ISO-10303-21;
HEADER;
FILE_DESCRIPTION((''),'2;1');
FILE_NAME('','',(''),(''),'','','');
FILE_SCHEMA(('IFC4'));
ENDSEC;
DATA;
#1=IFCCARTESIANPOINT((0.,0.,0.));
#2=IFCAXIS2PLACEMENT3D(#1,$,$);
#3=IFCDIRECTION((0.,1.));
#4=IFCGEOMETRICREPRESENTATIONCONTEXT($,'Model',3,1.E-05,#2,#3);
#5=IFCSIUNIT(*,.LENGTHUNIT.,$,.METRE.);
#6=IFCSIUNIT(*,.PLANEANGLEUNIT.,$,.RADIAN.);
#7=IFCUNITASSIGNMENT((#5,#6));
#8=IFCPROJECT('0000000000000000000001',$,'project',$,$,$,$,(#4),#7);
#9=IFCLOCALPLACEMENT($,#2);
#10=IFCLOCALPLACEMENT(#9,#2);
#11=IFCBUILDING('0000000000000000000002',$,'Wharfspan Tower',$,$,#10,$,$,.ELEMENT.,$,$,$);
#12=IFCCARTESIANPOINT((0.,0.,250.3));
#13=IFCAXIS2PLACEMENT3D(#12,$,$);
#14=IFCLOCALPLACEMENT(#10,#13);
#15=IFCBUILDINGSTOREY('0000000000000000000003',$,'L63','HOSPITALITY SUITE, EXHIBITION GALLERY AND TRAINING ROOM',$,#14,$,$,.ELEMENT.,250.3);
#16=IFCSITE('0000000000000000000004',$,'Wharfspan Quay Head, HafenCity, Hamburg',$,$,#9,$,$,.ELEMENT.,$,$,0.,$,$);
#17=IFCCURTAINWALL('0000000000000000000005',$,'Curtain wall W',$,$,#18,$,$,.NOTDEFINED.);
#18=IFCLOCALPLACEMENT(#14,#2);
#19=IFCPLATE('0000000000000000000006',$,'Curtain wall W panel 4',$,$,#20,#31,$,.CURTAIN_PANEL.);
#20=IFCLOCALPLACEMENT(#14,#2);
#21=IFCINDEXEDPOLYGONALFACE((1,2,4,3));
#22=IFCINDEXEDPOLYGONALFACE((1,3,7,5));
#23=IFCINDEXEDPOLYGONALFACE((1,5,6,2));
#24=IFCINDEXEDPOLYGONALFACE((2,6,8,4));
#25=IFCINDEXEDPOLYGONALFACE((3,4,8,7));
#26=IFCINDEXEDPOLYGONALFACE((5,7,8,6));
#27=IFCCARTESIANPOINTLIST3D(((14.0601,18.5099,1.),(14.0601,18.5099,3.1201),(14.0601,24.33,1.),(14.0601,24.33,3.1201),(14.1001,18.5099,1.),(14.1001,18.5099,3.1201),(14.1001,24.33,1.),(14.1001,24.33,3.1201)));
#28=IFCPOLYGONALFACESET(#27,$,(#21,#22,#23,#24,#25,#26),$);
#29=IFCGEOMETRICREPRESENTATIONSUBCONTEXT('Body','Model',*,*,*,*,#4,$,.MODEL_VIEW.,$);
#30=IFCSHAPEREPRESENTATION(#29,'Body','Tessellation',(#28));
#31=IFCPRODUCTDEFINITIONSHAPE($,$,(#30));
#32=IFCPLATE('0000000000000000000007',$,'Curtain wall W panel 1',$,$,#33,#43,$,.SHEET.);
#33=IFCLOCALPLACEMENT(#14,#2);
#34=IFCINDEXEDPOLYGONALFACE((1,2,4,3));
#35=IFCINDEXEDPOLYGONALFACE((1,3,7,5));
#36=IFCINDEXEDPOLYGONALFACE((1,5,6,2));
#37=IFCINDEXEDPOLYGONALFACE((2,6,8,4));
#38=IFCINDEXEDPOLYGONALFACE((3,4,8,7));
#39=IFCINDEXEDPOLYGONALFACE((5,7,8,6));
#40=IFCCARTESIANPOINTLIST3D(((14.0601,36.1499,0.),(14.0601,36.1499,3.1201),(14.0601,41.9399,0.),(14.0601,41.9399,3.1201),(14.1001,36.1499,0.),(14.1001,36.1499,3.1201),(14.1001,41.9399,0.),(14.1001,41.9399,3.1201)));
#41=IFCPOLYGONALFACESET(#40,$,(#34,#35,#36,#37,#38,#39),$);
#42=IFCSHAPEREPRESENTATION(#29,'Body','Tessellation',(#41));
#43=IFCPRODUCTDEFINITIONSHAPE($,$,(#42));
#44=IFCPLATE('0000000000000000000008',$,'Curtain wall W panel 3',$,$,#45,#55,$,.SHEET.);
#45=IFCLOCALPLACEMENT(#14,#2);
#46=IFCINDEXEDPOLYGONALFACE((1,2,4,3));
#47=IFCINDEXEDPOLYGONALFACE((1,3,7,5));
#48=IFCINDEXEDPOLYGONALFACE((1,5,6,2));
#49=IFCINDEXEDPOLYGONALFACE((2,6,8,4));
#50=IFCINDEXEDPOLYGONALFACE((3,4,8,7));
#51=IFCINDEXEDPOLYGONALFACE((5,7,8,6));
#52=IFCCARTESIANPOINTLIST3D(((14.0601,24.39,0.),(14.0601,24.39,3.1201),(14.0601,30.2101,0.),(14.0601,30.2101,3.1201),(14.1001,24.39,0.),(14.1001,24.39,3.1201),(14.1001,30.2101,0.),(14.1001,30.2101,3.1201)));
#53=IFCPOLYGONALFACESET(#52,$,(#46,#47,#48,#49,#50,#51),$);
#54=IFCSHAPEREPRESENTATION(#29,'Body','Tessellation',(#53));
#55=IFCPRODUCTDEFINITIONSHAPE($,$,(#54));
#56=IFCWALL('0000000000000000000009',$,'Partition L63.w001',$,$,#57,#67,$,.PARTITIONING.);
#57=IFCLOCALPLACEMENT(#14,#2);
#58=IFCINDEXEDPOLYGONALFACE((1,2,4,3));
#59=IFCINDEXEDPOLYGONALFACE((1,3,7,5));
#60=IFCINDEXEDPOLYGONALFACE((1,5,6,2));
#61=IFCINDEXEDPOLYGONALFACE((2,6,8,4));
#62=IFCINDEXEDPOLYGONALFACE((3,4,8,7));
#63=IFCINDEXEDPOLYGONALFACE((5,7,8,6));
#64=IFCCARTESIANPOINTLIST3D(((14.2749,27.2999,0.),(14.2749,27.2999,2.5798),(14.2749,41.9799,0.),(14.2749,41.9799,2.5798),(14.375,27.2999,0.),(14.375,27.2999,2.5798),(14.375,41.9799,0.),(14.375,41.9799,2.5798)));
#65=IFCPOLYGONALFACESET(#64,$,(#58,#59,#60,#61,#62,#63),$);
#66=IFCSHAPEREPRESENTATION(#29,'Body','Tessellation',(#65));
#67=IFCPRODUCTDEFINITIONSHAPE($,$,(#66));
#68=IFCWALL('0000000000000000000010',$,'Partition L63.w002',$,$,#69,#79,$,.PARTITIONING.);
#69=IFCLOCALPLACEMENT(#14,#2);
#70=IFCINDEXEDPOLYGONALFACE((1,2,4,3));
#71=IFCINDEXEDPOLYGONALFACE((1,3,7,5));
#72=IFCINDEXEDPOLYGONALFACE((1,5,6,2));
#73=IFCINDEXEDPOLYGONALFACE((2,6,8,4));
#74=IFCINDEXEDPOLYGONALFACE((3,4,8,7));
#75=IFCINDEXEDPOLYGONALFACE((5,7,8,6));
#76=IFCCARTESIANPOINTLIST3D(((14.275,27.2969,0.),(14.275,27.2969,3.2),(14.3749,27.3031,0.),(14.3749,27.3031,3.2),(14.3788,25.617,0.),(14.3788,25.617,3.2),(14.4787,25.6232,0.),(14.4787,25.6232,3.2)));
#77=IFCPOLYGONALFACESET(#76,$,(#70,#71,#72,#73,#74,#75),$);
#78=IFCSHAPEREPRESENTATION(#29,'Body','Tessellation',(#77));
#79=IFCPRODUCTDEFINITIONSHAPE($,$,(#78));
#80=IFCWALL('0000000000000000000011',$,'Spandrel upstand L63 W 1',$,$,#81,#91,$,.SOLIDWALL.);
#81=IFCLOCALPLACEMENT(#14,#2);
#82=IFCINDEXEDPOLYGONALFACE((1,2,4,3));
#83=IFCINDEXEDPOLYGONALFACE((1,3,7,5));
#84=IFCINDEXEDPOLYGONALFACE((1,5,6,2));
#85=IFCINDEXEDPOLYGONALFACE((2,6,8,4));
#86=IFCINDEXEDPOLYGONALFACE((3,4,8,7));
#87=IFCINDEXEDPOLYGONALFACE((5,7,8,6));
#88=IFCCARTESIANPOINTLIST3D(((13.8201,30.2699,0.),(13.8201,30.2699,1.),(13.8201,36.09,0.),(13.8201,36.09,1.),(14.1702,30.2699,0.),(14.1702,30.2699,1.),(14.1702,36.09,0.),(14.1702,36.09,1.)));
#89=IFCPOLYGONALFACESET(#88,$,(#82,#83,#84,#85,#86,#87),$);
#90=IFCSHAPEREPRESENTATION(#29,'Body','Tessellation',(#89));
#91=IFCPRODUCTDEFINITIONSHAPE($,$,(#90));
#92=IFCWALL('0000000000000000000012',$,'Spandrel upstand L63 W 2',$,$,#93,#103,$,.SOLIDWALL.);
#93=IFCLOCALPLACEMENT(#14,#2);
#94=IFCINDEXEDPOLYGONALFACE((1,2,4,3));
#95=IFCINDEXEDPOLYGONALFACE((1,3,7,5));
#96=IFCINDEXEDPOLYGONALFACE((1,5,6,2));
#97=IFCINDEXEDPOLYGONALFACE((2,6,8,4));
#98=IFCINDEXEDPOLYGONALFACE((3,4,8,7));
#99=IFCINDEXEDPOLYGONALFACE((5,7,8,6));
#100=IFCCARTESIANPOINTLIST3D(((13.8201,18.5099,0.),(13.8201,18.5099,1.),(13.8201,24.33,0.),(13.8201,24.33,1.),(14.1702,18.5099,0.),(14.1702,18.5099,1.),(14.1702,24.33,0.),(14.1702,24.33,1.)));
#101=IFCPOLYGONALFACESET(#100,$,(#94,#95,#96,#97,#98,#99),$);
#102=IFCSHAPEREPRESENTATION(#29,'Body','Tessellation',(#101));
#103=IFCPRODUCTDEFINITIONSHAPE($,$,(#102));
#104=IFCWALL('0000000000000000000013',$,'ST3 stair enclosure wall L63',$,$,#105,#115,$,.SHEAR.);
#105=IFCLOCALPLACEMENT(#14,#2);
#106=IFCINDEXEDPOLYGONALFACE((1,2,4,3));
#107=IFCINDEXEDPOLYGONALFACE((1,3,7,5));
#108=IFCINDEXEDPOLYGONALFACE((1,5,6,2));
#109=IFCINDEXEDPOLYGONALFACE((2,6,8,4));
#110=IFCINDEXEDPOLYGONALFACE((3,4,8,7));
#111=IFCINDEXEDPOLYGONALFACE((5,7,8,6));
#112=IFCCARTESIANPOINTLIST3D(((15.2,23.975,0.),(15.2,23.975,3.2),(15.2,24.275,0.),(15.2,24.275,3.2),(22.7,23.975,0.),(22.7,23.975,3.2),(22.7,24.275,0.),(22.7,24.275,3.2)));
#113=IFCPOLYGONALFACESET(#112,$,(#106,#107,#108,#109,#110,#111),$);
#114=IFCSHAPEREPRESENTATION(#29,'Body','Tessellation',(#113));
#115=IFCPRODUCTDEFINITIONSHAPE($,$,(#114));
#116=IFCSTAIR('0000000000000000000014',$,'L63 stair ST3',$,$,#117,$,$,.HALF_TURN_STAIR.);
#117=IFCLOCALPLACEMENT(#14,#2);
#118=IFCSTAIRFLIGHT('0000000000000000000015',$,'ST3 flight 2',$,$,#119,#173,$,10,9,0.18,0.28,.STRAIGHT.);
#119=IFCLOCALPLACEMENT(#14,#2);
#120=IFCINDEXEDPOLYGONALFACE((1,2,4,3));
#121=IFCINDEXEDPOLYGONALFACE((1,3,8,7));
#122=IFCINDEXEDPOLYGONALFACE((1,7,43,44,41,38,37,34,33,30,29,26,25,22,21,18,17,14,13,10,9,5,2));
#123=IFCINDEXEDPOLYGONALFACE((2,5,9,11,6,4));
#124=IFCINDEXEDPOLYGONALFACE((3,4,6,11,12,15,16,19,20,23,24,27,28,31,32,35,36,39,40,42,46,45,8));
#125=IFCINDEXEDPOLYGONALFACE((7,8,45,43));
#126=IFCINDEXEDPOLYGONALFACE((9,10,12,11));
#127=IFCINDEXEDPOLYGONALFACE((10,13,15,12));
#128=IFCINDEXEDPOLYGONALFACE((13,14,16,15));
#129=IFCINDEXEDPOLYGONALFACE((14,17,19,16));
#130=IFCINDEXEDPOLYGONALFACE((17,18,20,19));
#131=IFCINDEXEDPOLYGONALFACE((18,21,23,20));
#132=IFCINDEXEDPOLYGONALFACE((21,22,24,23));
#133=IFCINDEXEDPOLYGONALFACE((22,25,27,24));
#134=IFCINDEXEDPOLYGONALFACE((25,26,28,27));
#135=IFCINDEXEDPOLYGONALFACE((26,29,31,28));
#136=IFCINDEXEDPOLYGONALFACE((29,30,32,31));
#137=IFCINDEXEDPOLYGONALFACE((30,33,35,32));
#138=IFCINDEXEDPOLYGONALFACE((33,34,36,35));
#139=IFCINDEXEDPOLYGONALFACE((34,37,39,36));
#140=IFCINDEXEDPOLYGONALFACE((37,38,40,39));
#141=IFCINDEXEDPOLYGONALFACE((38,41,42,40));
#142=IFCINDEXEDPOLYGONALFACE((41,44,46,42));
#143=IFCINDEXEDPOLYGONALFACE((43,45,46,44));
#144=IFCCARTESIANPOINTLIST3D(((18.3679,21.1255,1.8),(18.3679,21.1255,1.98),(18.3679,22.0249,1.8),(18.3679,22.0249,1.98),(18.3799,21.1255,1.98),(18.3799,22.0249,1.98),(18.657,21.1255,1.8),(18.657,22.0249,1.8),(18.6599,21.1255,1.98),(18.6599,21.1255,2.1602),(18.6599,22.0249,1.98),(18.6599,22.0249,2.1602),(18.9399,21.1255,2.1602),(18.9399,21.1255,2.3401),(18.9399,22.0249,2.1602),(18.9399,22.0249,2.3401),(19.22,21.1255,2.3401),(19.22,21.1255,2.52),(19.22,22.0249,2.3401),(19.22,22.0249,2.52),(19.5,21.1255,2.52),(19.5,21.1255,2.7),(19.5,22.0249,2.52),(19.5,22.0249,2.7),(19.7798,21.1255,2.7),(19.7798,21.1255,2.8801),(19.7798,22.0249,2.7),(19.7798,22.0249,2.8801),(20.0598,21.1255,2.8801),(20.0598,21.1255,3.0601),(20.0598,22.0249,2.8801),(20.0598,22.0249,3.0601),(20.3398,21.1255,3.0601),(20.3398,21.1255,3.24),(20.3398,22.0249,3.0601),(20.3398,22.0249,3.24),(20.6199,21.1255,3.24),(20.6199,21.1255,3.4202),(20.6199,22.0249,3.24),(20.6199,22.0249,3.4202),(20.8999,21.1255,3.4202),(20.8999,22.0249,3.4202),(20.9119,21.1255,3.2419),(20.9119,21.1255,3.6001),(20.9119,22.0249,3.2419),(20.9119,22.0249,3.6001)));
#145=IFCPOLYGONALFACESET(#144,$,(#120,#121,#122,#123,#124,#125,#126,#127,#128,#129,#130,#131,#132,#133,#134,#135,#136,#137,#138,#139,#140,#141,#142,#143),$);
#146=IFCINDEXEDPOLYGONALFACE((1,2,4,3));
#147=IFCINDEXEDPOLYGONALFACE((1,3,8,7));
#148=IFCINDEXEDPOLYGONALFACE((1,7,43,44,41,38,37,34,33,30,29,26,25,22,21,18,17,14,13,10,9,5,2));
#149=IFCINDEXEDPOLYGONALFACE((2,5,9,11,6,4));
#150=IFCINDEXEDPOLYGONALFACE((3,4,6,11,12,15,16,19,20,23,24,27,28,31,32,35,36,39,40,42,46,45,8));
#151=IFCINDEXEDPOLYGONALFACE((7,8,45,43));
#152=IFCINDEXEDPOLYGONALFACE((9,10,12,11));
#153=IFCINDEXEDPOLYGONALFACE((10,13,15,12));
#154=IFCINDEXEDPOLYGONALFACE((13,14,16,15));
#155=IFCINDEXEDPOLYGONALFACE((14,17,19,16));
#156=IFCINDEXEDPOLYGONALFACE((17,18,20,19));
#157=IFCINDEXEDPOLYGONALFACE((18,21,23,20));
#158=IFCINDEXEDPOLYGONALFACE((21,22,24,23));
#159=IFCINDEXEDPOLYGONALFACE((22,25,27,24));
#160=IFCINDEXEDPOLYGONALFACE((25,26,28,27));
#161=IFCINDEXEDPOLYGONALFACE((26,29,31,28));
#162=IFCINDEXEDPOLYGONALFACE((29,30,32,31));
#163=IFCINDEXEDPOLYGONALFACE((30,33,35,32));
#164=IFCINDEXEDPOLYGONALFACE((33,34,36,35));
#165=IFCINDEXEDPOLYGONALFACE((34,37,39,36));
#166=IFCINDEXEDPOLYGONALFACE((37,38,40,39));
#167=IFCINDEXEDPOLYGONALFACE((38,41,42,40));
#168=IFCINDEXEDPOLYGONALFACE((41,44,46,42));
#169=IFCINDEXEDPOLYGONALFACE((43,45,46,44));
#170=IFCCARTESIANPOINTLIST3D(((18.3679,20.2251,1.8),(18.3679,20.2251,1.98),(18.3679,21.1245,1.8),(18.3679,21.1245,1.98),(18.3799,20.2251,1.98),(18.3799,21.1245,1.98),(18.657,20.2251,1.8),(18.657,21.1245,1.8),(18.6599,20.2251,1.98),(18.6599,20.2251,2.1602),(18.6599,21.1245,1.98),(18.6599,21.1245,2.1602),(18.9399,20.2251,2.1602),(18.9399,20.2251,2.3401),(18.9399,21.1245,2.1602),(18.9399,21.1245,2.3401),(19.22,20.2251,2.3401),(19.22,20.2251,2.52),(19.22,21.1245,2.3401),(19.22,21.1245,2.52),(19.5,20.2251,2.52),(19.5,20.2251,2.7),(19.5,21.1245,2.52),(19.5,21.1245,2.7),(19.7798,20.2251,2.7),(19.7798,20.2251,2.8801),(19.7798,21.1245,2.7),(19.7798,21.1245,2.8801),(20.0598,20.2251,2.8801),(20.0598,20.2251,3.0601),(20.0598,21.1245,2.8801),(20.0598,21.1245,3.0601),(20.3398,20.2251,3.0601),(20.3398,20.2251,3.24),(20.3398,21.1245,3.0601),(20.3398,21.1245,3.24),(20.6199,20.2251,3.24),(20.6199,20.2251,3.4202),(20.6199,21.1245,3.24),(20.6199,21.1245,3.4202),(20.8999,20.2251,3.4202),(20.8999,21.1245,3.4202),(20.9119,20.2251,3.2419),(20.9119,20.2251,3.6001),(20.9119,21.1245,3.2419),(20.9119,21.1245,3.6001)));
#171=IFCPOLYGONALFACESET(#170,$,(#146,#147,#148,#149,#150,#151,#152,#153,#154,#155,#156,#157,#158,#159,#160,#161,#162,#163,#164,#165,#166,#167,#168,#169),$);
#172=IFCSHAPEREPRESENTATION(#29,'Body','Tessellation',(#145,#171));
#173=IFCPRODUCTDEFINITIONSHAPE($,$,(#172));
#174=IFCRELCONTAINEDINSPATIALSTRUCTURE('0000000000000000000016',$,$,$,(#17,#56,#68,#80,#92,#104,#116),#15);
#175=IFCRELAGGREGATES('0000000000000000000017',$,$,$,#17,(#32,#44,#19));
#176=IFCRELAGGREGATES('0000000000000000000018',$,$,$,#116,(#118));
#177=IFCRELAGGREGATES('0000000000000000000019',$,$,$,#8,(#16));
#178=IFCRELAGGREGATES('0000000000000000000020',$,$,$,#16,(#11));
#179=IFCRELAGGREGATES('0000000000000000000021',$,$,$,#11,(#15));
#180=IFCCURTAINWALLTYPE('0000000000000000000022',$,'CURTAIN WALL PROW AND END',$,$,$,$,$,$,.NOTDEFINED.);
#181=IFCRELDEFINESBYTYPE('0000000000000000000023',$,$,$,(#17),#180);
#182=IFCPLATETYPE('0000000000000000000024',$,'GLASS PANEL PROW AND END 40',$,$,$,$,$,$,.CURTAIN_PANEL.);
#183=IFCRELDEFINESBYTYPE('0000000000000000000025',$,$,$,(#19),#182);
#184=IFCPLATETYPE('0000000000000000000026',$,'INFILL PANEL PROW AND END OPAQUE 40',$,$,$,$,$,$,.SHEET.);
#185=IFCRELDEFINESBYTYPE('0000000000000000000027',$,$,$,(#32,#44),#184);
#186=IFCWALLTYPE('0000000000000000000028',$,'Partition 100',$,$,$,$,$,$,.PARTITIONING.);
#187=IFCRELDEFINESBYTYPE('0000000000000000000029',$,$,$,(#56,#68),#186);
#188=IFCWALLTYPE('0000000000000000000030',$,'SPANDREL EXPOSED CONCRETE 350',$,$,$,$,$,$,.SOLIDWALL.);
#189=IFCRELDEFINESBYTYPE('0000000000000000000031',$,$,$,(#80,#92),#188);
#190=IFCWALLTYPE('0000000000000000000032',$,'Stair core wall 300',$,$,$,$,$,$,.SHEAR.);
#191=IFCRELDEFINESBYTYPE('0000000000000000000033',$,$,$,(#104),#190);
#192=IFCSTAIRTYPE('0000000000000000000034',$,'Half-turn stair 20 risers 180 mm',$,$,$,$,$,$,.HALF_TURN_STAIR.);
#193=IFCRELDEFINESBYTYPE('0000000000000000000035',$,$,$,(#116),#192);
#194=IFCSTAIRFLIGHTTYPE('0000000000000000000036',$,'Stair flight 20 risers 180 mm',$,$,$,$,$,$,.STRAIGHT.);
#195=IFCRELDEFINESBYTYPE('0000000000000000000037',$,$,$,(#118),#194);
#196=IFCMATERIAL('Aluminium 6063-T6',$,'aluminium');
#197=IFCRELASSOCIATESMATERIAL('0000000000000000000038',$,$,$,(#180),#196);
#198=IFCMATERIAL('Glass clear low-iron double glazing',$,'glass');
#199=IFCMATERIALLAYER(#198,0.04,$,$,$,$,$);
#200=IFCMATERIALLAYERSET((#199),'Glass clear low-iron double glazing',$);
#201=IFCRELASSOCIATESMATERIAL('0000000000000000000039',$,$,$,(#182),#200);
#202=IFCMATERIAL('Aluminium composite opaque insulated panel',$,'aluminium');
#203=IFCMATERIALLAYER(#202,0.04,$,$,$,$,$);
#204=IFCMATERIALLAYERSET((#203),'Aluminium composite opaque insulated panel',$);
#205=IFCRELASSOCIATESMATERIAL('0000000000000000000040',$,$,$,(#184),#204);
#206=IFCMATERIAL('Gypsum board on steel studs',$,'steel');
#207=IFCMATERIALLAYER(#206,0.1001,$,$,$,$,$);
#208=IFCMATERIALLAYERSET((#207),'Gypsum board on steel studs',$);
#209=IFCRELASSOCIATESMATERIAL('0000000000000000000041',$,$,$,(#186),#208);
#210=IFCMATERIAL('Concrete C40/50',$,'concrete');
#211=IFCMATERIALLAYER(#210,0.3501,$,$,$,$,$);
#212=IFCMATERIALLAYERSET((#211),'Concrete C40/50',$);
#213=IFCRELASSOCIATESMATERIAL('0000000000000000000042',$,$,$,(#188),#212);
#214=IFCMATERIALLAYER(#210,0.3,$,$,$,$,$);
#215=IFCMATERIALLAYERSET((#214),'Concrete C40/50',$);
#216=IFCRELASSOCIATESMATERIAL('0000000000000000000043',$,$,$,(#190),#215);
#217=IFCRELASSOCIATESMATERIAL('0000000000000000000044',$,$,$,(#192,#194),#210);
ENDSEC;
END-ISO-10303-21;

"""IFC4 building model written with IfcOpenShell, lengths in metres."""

from ifc_helpers import new_model, si_unit, direction, frame, frame_2d, origin, origin_2d, place, context, subcontext, project, spatial, polyline, rectangle, outline, extrude, material, layer, layer_set, type_object, element, aggregate, save


model = new_model("IFC4")

# Units and contexts
model_context = context("Model", 3, precision=1e-05, world=origin(), true_north=direction((0.0, 1.0)))
body_context = subcontext(model_context, "Body", "Model", "MODEL_VIEW")
ifc_project = project(units=[si_unit("LENGTHUNIT", "METRE"), si_unit("PLANEANGLEUNIT", "RADIAN")], contexts=[model_context])

# Site, building, storey
site_placement = place(None, origin())
site = spatial("IfcSite", under=ifc_project, at=site_placement, Name="Wharfspan Quay Head, HafenCity, Hamburg", CompositionType="ELEMENT", RefElevation=0.0)
building_placement = place(site_placement, origin())
building = spatial("IfcBuilding", under=site, at=building_placement, Name="Wharfspan Tower", CompositionType="ELEMENT")
storey_placement = place(building_placement, frame((0.0, 0.0, 250.3)))
storey = spatial("IfcBuildingStorey", under=building, at=storey_placement, Name="L63", Description="HOSPITALITY SUITE, EXHIBITION GALLERY AND TRAINING ROOM", CompositionType="ELEMENT", Elevation=250.3)

# Curtain wall
ifc_material_1 = material(Name="Aluminium 6063-T6", Category="aluminium")
curtain_wall_type = type_object("IfcCurtainWallType", Name="CURTAIN WALL PROW AND END", PredefinedType="NOTDEFINED", material=ifc_material_1)
curtain_wall_placement = place(storey_placement, origin())
curtain_wall = element("IfcCurtainWall", 1, at=curtain_wall_placement, inside=storey, type_object=curtain_wall_type, Name="Curtain wall W", PredefinedType="NOTDEFINED")

# Plates
ifc_material_2 = material(Name="Glass clear low-iron double glazing", Category="glass")
ifc_layer_1 = layer(ifc_material_2, 0.04)
ifc_layer_set_1 = layer_set([ifc_layer_1], Name="Glass clear low-iron double glazing")
plate_type_1 = type_object("IfcPlateType", Name="GLASS PANEL PROW AND END 40", PredefinedType="CURTAIN_PANEL", material=ifc_layer_set_1)
plate_1_placement = place(storey_placement, frame((14.0801, 21.4199, 1.0), z_axis=(0.0, 0.0, 1.0), x_axis=(0.0, -1.0, 0.0)))
plate_1 = element("IfcPlate", 2, at=plate_1_placement, type_object=plate_type_1, Name="Curtain wall W panel 4", PredefinedType="CURTAIN_PANEL", context=body_context, shape_type="SweptSolid", body=[
    extrude(rectangle(XDim=5.8201, YDim=0.04, at=origin_2d()), origin(), (0.0, 0.0, 1.0), 2.1201),
])
ifc_material_3 = material(Name="Aluminium composite opaque insulated panel", Category="aluminium")
ifc_layer_2 = layer(ifc_material_3, 0.04)
ifc_layer_set_2 = layer_set([ifc_layer_2], Name="Aluminium composite opaque insulated panel")
plate_type_2 = type_object("IfcPlateType", Name="INFILL PANEL PROW AND END OPAQUE 40", PredefinedType="SHEET", material=ifc_layer_set_2)
plate_2_placement = place(storey_placement, frame((14.0801, 39.0449, 0.0), z_axis=(0.0, 0.0, 1.0), x_axis=(0.0, -1.0, 0.0)))
plate_2 = element("IfcPlate", 3, at=plate_2_placement, type_object=plate_type_2, Name="Curtain wall W panel 1", PredefinedType="SHEET", context=body_context, shape_type="SweptSolid", body=[
    extrude(rectangle(XDim=5.79, YDim=0.04, at=origin_2d()), origin(), (0.0, 0.0, 1.0), 3.1201),
])
plate_3_placement = place(storey_placement, frame((14.0801, 27.3, 0.0), z_axis=(0.0, 0.0, 1.0), x_axis=(0.0, -1.0, 0.0)))
plate_3 = element("IfcPlate", 4, at=plate_3_placement, type_object=plate_type_2, Name="Curtain wall W panel 3", PredefinedType="SHEET", context=body_context, shape_type="SweptSolid", body=[
    extrude(rectangle(XDim=5.8201, YDim=0.04, at=origin_2d()), origin(), (0.0, 0.0, 1.0), 3.1201),
])
aggregate(curtain_wall, [plate_2, plate_3, plate_1])

# Walls
ifc_material_4 = material(Name="Gypsum board on steel studs", Category="steel")
ifc_layer_3 = layer(ifc_material_4, 0.1001)
ifc_layer_set_3 = layer_set([ifc_layer_3], Name="Gypsum board on steel studs")
wall_type_1 = type_object("IfcWallType", Name="Partition 100", PredefinedType="PARTITIONING", material=ifc_layer_set_3)
wall_1_placement = place(storey_placement, frame((14.325, 27.3, 0.0), z_axis=(0.0, 0.0, 1.0), x_axis=(0.0, 1.0, 0.0)))
element("IfcWall", 5, at=wall_1_placement, inside=storey, type_object=wall_type_1, Name="Partition L63.w001", PredefinedType="PARTITIONING", context=body_context, shape_type="SweptSolid", body=[
    extrude(rectangle(XDim=14.6799, YDim=0.1001, at=frame_2d((7.3398, 0.0))), origin(), (0.0, 0.0, 1.0), 2.5798),
])
wall_2_placement = place(storey_placement, frame((14.4287, 25.6201, 0.0), z_axis=(0.0, 0.0, 1.0), x_axis=(-0.061647, 0.998101, 0.0)))
element("IfcWall", 6, at=wall_2_placement, inside=storey, type_object=wall_type_1, Name="Partition L63.w002", PredefinedType="PARTITIONING", context=body_context, shape_type="SweptSolid", body=[
    extrude(rectangle(XDim=1.6831, YDim=0.1001, at=frame_2d((0.8416, 0.0))), origin(), (0.0, 0.0, 1.0), 3.2),
])
ifc_material_5 = material(Name="Concrete C40/50", Category="concrete")
ifc_layer_4 = layer(ifc_material_5, 0.3501)
ifc_layer_set_4 = layer_set([ifc_layer_4], Name="Concrete C40/50")
wall_type_2 = type_object("IfcWallType", Name="SPANDREL EXPOSED CONCRETE 350", PredefinedType="SOLIDWALL", material=ifc_layer_set_4)
for number, where, z_axis, x_axis, name in (
    (7, (13.9951, 36.0901, 0.0), (0.0, 0.0, 1.0), (0.0, -1.0, 0.0), "Spandrel upstand L63 W 1"),
    (8, (13.9951, 24.3301, 0.0), (0.0, 0.0, 1.0), (0.0, -1.0, 0.0), "Spandrel upstand L63 W 2"),
):
    element("IfcWall", number, at=place(storey_placement, frame(where, z_axis=z_axis, x_axis=x_axis)), inside=storey, type_object=wall_type_2, Name=name, PredefinedType="SOLIDWALL", context=body_context, shape_type="SweptSolid", body=[
        extrude(rectangle(XDim=5.8201, YDim=0.3501, at=frame_2d((2.9102, 0.0))), origin(), (0.0, 0.0, 1.0), 1.0),
    ])
ifc_layer_5 = layer(ifc_material_5, 0.3)
ifc_layer_set_5 = layer_set([ifc_layer_5], Name="Concrete C40/50")
wall_type_3 = type_object("IfcWallType", Name="Stair core wall 300", PredefinedType="SHEAR", material=ifc_layer_set_5)
wall_3_placement = place(storey_placement, frame((15.2, 24.125, 0.0), z_axis=(0.0, 0.0, 1.0), x_axis=(1.0, 0.0, 0.0)))
element("IfcWall", 9, at=wall_3_placement, inside=storey, type_object=wall_type_3, Name="ST3 stair enclosure wall L63", PredefinedType="SHEAR", context=body_context, shape_type="SweptSolid", body=[
    extrude(rectangle(XDim=7.5, YDim=0.3, at=frame_2d((3.75, 0.0))), origin(), (0.0, 0.0, 1.0), 3.2),
])

# Stair, stair flight
stair_type = type_object("IfcStairType", Name="Half-turn stair 20 risers 180 mm", PredefinedType="HALF_TURN_STAIR", material=ifc_material_5)
stair_placement = place(storey_placement, origin())
stair = element("IfcStair", 10, at=stair_placement, inside=storey, type_object=stair_type, Name="L63 stair ST3", PredefinedType="HALF_TURN_STAIR")
stair_flight_type = type_object("IfcStairFlightType", Name="Stair flight 20 risers 180 mm", PredefinedType="STRAIGHT", material=ifc_material_5)
stair_flight_placement = place(storey_placement, frame((18.3799, 21.125, 1.8), z_axis=(0.0, 0.0, 1.0), x_axis=(1.0, 0.0, 0.0)))
stair_flight = element("IfcStairFlight", 11, at=stair_flight_placement, type_object=stair_flight_type, Name="ST3 flight 2", NumberOfRisers=10, NumberOfTreads=9, PredefinedType="STRAIGHT", RiserHeight=0.18, TreadLength=0.28, context=body_context, shape_type="SweptSolid", body=[
    extrude(outline(polyline([(-0.012, 0.0), (-0.012, 0.1799), (0.0, 0.1799), (0.28, 0.1799), (0.28, 0.3601), (0.5601, 0.3601), (0.5601, 0.54), (0.8401, 0.54), (0.8401, 0.72), (1.1201, 0.72), (1.1201, 0.8999), (1.3999, 0.8999), (1.3999, 1.0801), (1.6799, 1.0801), (1.6799, 1.26), (1.96, 1.26), (1.96, 1.4399), (2.24, 1.4399), (2.24, 1.6201), (2.52, 1.6201), (2.532, 1.8), (2.532, 1.4419), (0.2771, 0.0), (-0.012, 0.0)])), frame((0.0, 0.8999, 0.0), z_axis=(0.0, -1.0, 0.0), x_axis=(1.0, 0.0, 0.0)), (0.0, 0.0, 1.0), 0.8994),
    extrude(outline(polyline([(-0.012, 0.0), (-0.012, 0.1799), (0.0, 0.1799), (0.28, 0.1799), (0.28, 0.3601), (0.5601, 0.3601), (0.5601, 0.54), (0.8401, 0.54), (0.8401, 0.72), (1.1201, 0.72), (1.1201, 0.8999), (1.3999, 0.8999), (1.3999, 1.0801), (1.6799, 1.0801), (1.6799, 1.26), (1.96, 1.26), (1.96, 1.4399), (2.24, 1.4399), (2.24, 1.6201), (2.52, 1.6201), (2.532, 1.8), (2.532, 1.4419), (0.2771, 0.0), (-0.012, 0.0)])), frame((0.0, -0.0005, 0.0), z_axis=(0.0, -1.0, 0.0), x_axis=(1.0, 0.0, 0.0)), (0.0, 0.0, 1.0), 0.8994),
])
aggregate(stair, [stair_flight])

save(model, "model.ifc")
